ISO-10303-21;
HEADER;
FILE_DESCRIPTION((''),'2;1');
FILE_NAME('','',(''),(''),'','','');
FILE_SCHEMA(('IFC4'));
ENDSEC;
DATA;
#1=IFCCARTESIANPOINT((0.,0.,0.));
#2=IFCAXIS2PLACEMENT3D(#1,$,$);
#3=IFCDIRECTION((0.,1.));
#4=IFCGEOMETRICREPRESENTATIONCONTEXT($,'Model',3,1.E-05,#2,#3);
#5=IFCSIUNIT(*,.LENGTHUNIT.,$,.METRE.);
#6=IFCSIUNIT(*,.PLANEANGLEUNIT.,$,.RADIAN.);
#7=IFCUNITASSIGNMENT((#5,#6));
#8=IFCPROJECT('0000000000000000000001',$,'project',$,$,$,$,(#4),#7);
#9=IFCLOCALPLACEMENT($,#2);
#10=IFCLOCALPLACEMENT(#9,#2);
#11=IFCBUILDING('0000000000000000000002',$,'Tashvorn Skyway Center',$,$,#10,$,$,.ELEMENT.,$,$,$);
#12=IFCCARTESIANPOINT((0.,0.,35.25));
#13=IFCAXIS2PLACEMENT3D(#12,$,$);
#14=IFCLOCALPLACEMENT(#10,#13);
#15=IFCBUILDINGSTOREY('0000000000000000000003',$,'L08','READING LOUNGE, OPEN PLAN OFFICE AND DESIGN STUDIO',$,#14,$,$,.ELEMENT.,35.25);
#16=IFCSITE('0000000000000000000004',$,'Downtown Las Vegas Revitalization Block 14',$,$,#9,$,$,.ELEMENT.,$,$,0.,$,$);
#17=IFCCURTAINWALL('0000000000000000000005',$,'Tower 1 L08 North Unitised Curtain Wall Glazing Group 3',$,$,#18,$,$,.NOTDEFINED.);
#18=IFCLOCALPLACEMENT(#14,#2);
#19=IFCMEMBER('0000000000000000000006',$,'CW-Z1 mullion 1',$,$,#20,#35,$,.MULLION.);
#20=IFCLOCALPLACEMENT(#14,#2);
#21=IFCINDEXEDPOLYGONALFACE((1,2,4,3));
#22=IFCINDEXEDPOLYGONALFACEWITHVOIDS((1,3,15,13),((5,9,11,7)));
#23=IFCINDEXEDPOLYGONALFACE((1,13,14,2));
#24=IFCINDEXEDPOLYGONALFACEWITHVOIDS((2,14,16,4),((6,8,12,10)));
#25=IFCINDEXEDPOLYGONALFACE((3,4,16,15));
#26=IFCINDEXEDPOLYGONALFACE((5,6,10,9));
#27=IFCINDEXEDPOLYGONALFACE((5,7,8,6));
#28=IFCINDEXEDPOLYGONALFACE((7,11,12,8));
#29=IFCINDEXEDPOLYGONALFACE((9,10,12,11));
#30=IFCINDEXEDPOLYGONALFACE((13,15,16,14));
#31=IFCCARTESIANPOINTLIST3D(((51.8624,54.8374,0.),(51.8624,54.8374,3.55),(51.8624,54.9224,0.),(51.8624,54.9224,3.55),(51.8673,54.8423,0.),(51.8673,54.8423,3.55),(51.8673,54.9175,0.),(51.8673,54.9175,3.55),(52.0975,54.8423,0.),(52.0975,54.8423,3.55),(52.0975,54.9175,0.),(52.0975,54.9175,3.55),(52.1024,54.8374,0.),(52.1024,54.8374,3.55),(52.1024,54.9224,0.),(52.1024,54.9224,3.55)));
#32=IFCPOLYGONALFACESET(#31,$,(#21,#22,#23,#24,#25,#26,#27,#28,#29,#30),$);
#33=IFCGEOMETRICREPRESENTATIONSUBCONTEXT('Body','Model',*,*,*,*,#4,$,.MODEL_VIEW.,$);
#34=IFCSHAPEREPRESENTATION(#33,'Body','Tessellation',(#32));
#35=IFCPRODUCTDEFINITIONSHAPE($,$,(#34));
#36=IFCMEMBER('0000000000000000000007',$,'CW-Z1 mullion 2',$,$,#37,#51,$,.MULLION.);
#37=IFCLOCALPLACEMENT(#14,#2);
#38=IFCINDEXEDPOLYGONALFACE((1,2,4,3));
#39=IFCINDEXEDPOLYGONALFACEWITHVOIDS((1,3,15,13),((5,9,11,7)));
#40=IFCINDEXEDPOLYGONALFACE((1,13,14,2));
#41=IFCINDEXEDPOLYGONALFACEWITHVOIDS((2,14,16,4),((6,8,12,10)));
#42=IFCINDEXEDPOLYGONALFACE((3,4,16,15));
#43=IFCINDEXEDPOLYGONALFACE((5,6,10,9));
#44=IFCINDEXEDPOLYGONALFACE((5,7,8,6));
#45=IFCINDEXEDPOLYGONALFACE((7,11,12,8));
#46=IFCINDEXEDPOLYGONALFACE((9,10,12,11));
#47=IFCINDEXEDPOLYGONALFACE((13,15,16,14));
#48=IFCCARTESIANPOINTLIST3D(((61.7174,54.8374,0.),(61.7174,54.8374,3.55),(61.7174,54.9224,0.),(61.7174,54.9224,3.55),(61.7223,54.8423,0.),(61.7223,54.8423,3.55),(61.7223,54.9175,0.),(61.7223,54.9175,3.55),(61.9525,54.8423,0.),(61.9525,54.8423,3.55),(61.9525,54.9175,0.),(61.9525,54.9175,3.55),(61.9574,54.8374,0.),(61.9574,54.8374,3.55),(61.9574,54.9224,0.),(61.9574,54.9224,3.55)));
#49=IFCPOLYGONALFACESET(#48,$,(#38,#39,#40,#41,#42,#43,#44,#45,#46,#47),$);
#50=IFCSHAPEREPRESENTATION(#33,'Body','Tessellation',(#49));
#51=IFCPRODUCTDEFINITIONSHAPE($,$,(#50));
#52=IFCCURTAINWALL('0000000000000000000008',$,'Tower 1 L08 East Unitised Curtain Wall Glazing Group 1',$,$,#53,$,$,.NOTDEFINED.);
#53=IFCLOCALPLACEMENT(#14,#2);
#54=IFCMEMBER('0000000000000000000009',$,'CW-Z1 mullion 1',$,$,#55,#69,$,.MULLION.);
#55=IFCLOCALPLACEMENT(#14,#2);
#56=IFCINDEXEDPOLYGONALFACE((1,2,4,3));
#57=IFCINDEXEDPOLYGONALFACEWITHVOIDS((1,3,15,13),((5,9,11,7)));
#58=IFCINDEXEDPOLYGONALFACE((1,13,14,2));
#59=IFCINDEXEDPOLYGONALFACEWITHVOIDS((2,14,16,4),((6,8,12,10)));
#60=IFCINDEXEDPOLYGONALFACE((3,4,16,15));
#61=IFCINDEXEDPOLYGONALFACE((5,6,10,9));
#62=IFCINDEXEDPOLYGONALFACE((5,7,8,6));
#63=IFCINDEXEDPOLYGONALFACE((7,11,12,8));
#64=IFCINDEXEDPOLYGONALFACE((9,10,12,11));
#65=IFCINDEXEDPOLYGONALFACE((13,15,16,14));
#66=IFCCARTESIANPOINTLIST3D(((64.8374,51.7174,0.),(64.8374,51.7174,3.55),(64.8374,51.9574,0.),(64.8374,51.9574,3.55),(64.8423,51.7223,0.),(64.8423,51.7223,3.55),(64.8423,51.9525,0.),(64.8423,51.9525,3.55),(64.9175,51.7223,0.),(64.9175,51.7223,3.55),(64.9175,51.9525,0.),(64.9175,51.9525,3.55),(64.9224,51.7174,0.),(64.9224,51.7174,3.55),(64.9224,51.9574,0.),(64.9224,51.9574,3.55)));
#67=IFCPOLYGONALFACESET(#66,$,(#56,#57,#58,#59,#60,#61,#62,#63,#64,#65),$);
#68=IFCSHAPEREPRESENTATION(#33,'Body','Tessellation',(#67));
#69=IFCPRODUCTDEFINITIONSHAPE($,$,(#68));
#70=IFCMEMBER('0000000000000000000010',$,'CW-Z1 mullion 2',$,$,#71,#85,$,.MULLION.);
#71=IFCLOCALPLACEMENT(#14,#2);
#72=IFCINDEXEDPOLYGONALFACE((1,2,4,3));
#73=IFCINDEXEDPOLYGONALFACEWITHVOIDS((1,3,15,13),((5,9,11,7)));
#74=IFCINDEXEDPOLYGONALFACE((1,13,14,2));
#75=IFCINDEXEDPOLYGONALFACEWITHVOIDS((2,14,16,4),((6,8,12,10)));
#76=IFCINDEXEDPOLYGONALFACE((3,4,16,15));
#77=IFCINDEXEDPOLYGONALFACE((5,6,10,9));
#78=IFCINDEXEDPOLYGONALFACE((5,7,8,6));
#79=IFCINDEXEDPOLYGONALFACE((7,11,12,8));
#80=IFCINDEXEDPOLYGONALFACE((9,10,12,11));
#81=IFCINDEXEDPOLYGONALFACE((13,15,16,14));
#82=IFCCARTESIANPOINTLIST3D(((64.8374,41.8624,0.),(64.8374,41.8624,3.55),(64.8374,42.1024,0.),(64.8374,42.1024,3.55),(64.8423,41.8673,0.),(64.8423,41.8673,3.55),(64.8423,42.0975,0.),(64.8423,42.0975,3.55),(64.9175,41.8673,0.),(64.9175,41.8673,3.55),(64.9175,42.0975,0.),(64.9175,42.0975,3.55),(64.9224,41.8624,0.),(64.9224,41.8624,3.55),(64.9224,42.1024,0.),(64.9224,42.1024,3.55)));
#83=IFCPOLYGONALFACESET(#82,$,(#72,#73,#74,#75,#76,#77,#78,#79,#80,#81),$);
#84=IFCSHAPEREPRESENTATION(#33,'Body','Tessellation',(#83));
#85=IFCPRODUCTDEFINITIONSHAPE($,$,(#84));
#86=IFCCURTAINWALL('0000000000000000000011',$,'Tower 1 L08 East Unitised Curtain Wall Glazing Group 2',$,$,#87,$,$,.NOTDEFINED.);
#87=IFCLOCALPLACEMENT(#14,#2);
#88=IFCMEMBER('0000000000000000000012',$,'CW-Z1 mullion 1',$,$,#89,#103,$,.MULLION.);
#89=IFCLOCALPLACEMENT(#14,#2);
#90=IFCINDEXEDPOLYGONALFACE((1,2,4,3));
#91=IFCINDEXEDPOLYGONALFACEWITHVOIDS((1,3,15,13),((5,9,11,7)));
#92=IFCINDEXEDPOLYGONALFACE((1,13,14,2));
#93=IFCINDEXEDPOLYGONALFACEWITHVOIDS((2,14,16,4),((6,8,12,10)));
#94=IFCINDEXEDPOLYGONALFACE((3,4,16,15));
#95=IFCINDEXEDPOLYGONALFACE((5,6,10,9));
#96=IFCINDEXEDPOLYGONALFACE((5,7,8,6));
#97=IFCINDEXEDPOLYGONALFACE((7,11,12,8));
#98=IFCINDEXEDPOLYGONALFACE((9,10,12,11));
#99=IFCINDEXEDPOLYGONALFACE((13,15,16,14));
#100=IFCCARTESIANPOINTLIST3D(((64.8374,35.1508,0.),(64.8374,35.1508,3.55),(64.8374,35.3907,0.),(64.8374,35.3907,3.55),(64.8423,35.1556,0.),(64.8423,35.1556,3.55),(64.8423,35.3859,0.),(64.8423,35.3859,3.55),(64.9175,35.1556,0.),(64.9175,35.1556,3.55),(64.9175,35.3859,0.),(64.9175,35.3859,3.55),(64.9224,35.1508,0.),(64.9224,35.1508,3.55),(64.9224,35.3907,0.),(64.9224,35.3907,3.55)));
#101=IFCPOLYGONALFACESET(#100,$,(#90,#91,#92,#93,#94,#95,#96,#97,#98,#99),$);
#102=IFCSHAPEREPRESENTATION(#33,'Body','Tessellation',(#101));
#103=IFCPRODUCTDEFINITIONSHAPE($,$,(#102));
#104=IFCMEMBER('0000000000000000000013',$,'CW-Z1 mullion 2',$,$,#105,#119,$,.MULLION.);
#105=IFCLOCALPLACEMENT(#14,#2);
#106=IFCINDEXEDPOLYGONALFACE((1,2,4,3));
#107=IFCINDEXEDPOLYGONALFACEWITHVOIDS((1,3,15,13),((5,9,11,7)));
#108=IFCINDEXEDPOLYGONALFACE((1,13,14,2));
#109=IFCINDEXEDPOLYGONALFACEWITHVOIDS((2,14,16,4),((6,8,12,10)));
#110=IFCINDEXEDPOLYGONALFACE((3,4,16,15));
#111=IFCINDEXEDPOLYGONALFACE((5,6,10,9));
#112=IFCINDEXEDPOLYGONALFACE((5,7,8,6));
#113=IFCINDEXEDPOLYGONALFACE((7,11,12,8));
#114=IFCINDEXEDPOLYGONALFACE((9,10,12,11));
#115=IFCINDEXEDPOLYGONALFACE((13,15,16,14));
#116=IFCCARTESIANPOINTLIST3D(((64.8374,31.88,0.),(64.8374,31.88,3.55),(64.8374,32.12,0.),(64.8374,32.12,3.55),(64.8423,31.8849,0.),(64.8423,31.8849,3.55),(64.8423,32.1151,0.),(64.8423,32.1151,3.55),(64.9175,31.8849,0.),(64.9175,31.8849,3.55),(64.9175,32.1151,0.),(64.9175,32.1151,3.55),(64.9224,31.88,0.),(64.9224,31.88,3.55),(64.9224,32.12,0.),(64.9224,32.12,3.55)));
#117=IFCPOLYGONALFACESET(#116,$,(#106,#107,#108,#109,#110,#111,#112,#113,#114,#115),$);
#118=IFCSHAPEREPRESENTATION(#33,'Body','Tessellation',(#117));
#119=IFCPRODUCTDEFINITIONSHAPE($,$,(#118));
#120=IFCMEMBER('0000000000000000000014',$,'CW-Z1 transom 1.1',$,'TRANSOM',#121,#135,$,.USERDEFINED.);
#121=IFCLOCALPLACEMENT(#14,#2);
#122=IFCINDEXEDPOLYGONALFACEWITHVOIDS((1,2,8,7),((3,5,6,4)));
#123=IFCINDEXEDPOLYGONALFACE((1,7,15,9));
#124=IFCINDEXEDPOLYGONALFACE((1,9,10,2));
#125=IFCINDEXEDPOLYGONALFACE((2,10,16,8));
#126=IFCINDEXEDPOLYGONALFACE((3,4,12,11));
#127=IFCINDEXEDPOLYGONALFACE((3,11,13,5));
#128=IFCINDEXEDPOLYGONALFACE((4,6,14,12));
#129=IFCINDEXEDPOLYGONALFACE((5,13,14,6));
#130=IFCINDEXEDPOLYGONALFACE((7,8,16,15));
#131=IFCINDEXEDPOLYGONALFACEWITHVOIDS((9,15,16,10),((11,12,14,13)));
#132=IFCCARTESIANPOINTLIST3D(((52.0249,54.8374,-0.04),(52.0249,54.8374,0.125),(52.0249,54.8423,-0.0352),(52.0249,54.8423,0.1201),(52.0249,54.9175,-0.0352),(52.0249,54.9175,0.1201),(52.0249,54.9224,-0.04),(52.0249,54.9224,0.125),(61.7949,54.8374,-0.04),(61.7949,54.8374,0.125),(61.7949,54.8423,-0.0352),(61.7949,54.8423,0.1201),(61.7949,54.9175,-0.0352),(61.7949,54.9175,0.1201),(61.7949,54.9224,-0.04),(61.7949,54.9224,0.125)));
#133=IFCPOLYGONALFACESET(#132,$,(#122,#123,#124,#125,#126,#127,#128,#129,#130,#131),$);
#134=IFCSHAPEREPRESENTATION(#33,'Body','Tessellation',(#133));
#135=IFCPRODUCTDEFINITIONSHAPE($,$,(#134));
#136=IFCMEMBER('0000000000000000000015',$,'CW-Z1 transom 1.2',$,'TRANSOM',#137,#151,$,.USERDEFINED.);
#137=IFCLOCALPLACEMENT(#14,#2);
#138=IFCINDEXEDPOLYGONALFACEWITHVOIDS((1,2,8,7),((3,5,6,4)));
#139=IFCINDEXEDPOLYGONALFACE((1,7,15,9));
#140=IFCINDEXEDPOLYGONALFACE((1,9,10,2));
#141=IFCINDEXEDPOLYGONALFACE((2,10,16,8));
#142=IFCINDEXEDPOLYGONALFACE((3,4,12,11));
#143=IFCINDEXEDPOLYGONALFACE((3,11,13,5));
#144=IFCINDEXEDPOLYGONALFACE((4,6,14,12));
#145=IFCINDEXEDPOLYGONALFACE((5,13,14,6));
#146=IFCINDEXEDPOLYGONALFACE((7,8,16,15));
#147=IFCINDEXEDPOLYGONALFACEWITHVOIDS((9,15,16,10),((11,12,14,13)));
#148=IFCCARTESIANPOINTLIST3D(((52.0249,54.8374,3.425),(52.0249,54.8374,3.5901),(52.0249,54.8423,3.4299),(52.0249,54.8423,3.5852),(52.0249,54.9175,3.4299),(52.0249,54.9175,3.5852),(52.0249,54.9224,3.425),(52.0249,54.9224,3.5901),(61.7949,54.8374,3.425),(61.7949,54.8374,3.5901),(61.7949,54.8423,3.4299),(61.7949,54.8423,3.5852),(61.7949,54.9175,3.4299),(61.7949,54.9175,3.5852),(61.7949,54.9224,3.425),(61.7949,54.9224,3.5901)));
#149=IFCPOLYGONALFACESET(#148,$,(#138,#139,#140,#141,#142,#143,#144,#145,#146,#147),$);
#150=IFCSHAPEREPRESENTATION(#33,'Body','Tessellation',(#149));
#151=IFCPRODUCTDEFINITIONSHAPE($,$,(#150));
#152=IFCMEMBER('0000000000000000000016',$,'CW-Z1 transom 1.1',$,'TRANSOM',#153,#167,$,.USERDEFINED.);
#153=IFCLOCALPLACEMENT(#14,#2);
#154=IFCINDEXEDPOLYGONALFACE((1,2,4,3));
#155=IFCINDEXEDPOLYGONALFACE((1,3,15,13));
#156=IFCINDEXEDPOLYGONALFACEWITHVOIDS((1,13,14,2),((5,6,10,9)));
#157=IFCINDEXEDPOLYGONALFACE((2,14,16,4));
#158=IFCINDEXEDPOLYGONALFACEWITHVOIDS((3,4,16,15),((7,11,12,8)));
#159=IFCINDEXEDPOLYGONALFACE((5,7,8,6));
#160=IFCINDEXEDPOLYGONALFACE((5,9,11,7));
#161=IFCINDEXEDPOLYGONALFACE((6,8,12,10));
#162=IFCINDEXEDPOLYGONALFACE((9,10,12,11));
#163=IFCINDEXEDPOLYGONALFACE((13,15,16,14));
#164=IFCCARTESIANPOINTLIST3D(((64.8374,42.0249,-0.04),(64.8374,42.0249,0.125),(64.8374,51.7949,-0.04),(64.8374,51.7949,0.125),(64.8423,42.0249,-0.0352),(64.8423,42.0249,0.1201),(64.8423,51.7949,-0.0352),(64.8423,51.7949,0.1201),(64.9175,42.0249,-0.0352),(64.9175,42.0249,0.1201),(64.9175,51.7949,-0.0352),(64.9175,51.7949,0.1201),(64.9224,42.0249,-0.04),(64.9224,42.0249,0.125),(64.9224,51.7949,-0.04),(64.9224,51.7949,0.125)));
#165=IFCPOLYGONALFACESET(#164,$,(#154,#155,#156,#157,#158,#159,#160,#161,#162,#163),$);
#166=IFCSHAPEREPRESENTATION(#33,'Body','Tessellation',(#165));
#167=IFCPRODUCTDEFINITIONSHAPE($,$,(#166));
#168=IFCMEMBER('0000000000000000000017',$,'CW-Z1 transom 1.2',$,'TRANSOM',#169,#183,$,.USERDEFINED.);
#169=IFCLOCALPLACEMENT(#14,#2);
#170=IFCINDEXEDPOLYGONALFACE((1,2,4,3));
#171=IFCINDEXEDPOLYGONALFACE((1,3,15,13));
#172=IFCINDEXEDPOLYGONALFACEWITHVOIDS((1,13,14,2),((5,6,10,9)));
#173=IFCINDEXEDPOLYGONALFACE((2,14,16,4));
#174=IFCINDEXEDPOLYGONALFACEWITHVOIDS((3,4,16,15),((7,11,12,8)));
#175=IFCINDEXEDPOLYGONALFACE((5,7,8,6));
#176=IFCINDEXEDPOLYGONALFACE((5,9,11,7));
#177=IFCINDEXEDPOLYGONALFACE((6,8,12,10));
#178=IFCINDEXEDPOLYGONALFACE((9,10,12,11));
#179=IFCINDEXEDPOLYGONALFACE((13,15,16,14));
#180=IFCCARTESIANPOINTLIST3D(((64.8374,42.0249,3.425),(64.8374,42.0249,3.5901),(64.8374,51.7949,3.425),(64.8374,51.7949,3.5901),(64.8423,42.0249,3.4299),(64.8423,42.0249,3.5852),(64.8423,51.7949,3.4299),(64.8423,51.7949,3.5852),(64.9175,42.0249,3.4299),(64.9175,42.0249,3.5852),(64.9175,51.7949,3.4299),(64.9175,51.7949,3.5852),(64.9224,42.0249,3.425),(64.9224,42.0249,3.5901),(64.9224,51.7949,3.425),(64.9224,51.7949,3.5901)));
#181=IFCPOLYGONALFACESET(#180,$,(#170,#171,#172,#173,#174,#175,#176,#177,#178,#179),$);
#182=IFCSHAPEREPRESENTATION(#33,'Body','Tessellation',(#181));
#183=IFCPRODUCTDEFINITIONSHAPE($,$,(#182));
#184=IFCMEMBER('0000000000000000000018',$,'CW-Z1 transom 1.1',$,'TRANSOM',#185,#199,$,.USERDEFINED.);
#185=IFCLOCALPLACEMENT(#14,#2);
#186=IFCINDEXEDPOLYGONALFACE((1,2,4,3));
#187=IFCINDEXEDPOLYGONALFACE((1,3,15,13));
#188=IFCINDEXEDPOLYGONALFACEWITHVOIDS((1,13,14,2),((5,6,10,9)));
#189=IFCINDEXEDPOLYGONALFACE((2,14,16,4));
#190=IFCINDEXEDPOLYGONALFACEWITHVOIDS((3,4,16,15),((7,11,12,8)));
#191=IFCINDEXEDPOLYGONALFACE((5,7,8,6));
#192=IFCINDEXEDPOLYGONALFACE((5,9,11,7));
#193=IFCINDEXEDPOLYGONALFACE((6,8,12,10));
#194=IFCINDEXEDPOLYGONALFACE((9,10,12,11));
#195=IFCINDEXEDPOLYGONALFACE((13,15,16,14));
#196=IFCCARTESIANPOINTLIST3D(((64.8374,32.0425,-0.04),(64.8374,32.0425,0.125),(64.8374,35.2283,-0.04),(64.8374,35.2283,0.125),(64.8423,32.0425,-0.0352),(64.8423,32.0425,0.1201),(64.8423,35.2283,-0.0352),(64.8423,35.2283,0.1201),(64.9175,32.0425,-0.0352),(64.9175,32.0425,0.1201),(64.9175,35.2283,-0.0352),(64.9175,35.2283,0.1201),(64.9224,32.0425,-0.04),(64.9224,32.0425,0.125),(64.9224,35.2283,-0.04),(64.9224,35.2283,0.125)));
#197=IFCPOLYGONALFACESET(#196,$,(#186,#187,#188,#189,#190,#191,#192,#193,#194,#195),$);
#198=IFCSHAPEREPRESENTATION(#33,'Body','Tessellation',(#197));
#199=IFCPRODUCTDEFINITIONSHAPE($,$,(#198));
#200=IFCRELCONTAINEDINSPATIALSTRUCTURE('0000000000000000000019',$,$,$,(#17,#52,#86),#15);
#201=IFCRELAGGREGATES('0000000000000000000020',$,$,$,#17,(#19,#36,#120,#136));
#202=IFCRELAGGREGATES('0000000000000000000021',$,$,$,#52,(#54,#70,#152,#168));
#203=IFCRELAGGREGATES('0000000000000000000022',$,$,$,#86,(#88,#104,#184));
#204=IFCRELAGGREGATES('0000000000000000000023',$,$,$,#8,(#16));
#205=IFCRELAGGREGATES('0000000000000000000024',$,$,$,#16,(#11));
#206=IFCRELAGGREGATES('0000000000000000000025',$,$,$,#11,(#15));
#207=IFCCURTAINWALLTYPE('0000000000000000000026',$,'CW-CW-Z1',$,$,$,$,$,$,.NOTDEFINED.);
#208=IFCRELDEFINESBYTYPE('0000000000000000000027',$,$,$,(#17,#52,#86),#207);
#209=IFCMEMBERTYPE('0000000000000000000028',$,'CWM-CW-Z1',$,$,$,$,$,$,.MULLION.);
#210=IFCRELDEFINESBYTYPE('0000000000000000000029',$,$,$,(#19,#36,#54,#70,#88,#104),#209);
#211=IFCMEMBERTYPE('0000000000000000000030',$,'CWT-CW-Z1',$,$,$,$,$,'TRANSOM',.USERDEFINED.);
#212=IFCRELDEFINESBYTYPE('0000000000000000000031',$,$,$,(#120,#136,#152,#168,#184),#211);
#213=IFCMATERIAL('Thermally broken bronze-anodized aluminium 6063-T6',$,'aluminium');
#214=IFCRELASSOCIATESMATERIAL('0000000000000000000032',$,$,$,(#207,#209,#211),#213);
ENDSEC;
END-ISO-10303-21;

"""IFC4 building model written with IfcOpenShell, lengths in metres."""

from ifc_helpers import new_model, si_unit, direction, frame, origin, origin_2d, place, context, subcontext, project, spatial, hollow_rectangle, extrude, material, material_profile, profile_set, type_object, element, aggregate, save


model = new_model("IFC4")

# Units and contexts
model_context = context("Model", 3, precision=1e-05, world=origin(), true_north=direction((0.0, 1.0)))
body_context = subcontext(model_context, "Body", "Model", "MODEL_VIEW")
ifc_project = project(units=[si_unit("LENGTHUNIT", "METRE"), si_unit("PLANEANGLEUNIT", "RADIAN")], contexts=[model_context])

# Site, building, storey
site_placement = place(None, origin())
site = spatial("IfcSite", under=ifc_project, at=site_placement, Name="Downtown Las Vegas Revitalization Block 14", CompositionType="ELEMENT", RefElevation=0.0)
building_placement = place(site_placement, origin())
building = spatial("IfcBuilding", under=site, at=building_placement, Name="Tashvorn Skyway Center", CompositionType="ELEMENT")
storey_placement = place(building_placement, frame((0.0, 0.0, 35.25)))
storey = spatial("IfcBuildingStorey", under=building, at=storey_placement, Name="L08", Description="READING LOUNGE, OPEN PLAN OFFICE AND DESIGN STUDIO", CompositionType="ELEMENT", Elevation=35.25)

# Curtain walls, members
ifc_material_1 = material(Name="Thermally broken bronze-anodized aluminium 6063-T6", Category="aluminium")
curtain_wall_type = type_object("IfcCurtainWallType", Name="CW-CW-Z1", PredefinedType="NOTDEFINED", material=ifc_material_1)
curtain_wall_1_placement = place(storey_placement, origin())
curtain_wall_1 = element("IfcCurtainWall", 1, at=curtain_wall_1_placement, inside=storey, type_object=curtain_wall_type, Name="Tower 1 L08 North Unitised Curtain Wall Glazing Group 3", PredefinedType="NOTDEFINED")
ifc_material_profile_1 = material_profile(ifc_material_1, hollow_rectangle(XDim=0.085, YDim=0.24, WallThickness=0.0049, at=origin_2d()), Name="ALU-MULL-85x240")
ifc_profile_set_1 = profile_set([ifc_material_profile_1], Name="Thermally broken bronze-anodized aluminium 6063-T6")
member_type_1 = type_object("IfcMemberType", Name="CWM-CW-Z1", PredefinedType="MULLION", material=ifc_profile_set_1)
member_1_placement = place(storey_placement, frame((51.9824, 54.8799, 0.0), z_axis=(0.0, 0.0, 1.0), x_axis=(0.0, 1.0, 0.0)))
member_1 = element("IfcMember", 2, at=member_1_placement, type_object=member_type_1, Name="CW-Z1 mullion 1", PredefinedType="MULLION", context=body_context, shape_type="SweptSolid", body=[
    extrude(hollow_rectangle(XDim=0.085, YDim=0.24, WallThickness=0.0049, at=origin_2d()), origin(), (0.0, 0.0, 1.0), 3.55),
])
member_2_placement = place(storey_placement, frame((61.8374, 54.8799, 0.0), z_axis=(0.0, 0.0, 1.0), x_axis=(0.0, 1.0, 0.0)))
member_2 = element("IfcMember", 3, at=member_2_placement, type_object=member_type_1, Name="CW-Z1 mullion 2", PredefinedType="MULLION", context=body_context, shape_type="SweptSolid", body=[
    extrude(hollow_rectangle(XDim=0.085, YDim=0.24, WallThickness=0.0049, at=origin_2d()), origin(), (0.0, 0.0, 1.0), 3.55),
])
curtain_wall_2_placement = place(storey_placement, origin())
curtain_wall_2 = element("IfcCurtainWall", 4, at=curtain_wall_2_placement, inside=storey, type_object=curtain_wall_type, Name="Tower 1 L08 East Unitised Curtain Wall Glazing Group 1", PredefinedType="NOTDEFINED")
member_3_placement = place(storey_placement, frame((64.8799, 51.8374, 0.0), z_axis=(0.0, 0.0, 1.0), x_axis=(1.0, 0.0, 0.0)))
member_3 = element("IfcMember", 5, at=member_3_placement, type_object=member_type_1, Name="CW-Z1 mullion 1", PredefinedType="MULLION", context=body_context, shape_type="SweptSolid", body=[
    extrude(hollow_rectangle(XDim=0.085, YDim=0.24, WallThickness=0.0049, at=origin_2d()), origin(), (0.0, 0.0, 1.0), 3.55),
])
member_4_placement = place(storey_placement, frame((64.8799, 41.9824, 0.0), z_axis=(0.0, 0.0, 1.0), x_axis=(1.0, 0.0, 0.0)))
member_4 = element("IfcMember", 6, at=member_4_placement, type_object=member_type_1, Name="CW-Z1 mullion 2", PredefinedType="MULLION", context=body_context, shape_type="SweptSolid", body=[
    extrude(hollow_rectangle(XDim=0.085, YDim=0.24, WallThickness=0.0049, at=origin_2d()), origin(), (0.0, 0.0, 1.0), 3.55),
])
curtain_wall_3_placement = place(storey_placement, origin())
curtain_wall_3 = element("IfcCurtainWall", 7, at=curtain_wall_3_placement, inside=storey, type_object=curtain_wall_type, Name="Tower 1 L08 East Unitised Curtain Wall Glazing Group 2", PredefinedType="NOTDEFINED")
member_5_placement = place(storey_placement, frame((64.8799, 35.2708, 0.0), z_axis=(0.0, 0.0, 1.0), x_axis=(1.0, 0.0, 0.0)))
member_5 = element("IfcMember", 8, at=member_5_placement, type_object=member_type_1, Name="CW-Z1 mullion 1", PredefinedType="MULLION", context=body_context, shape_type="SweptSolid", body=[
    extrude(hollow_rectangle(XDim=0.085, YDim=0.24, WallThickness=0.0049, at=origin_2d()), origin(), (0.0, 0.0, 1.0), 3.55),
])
member_6_placement = place(storey_placement, frame((64.8799, 32.0, 0.0), z_axis=(0.0, 0.0, 1.0), x_axis=(1.0, 0.0, 0.0)))
member_6 = element("IfcMember", 9, at=member_6_placement, type_object=member_type_1, Name="CW-Z1 mullion 2", PredefinedType="MULLION", context=body_context, shape_type="SweptSolid", body=[
    extrude(hollow_rectangle(XDim=0.085, YDim=0.24, WallThickness=0.0049, at=origin_2d()), origin(), (0.0, 0.0, 1.0), 3.55),
])

# Members
ifc_material_profile_2 = material_profile(ifc_material_1, hollow_rectangle(XDim=0.085, YDim=0.165, WallThickness=0.0049, at=origin_2d()), Name="ALU-TRAN-85x165")
ifc_profile_set_2 = profile_set([ifc_material_profile_2], Name="Thermally broken bronze-anodized aluminium 6063-T6")
member_type_2 = type_object("IfcMemberType", Name="CWT-CW-Z1", ElementType="TRANSOM", PredefinedType="USERDEFINED", material=ifc_profile_set_2)
member_7_placement = place(storey_placement, frame((52.0249, 54.8799, 0.0425), z_axis=(1.0, 0.0, 0.0), x_axis=(0.0, 1.0, 0.0)))
member_7 = element("IfcMember", 10, at=member_7_placement, type_object=member_type_2, Name="CW-Z1 transom 1.1", ObjectType="TRANSOM", PredefinedType="USERDEFINED", context=body_context, shape_type="SweptSolid", body=[
    extrude(hollow_rectangle(XDim=0.085, YDim=0.165, WallThickness=0.0049, at=origin_2d()), origin(), (0.0, 0.0, 1.0), 9.77),
])
member_8_placement = place(storey_placement, frame((52.0249, 54.8799, 3.5076), z_axis=(1.0, 0.0, 0.0), x_axis=(0.0, 1.0, 0.0)))
member_8 = element("IfcMember", 11, at=member_8_placement, type_object=member_type_2, Name="CW-Z1 transom 1.2", ObjectType="TRANSOM", PredefinedType="USERDEFINED", context=body_context, shape_type="SweptSolid", body=[
    extrude(hollow_rectangle(XDim=0.085, YDim=0.165, WallThickness=0.0049, at=origin_2d()), origin(), (0.0, 0.0, 1.0), 9.77),
])
member_9_placement = place(storey_placement, frame((64.8799, 51.7949, 0.0425), z_axis=(0.0, -1.0, 0.0), x_axis=(1.0, 0.0, 0.0)))
member_9 = element("IfcMember", 12, at=member_9_placement, type_object=member_type_2, Name="CW-Z1 transom 1.1", ObjectType="TRANSOM", PredefinedType="USERDEFINED", context=body_context, shape_type="SweptSolid", body=[
    extrude(hollow_rectangle(XDim=0.085, YDim=0.165, WallThickness=0.0049, at=origin_2d()), origin(), (0.0, 0.0, 1.0), 9.77),
])
member_10_placement = place(storey_placement, frame((64.8799, 51.7949, 3.5076), z_axis=(0.0, -1.0, 0.0), x_axis=(1.0, 0.0, 0.0)))
member_10 = element("IfcMember", 13, at=member_10_placement, type_object=member_type_2, Name="CW-Z1 transom 1.2", ObjectType="TRANSOM", PredefinedType="USERDEFINED", context=body_context, shape_type="SweptSolid", body=[
    extrude(hollow_rectangle(XDim=0.085, YDim=0.165, WallThickness=0.0049, at=origin_2d()), origin(), (0.0, 0.0, 1.0), 9.77),
])
member_11_placement = place(storey_placement, frame((64.8799, 35.2283, 0.0425), z_axis=(0.0, -1.0, 0.0), x_axis=(1.0, 0.0, 0.0)))
member_11 = element("IfcMember", 14, at=member_11_placement, type_object=member_type_2, Name="CW-Z1 transom 1.1", ObjectType="TRANSOM", PredefinedType="USERDEFINED", context=body_context, shape_type="SweptSolid", body=[
    extrude(hollow_rectangle(XDim=0.085, YDim=0.165, WallThickness=0.0049, at=origin_2d()), origin(), (0.0, 0.0, 1.0), 3.1858),
])

aggregate(curtain_wall_1, [member_1, member_2, member_7, member_8])
aggregate(curtain_wall_2, [member_3, member_4, member_9, member_10])
aggregate(curtain_wall_3, [member_5, member_6, member_11])

save(model, "model.ifc")
